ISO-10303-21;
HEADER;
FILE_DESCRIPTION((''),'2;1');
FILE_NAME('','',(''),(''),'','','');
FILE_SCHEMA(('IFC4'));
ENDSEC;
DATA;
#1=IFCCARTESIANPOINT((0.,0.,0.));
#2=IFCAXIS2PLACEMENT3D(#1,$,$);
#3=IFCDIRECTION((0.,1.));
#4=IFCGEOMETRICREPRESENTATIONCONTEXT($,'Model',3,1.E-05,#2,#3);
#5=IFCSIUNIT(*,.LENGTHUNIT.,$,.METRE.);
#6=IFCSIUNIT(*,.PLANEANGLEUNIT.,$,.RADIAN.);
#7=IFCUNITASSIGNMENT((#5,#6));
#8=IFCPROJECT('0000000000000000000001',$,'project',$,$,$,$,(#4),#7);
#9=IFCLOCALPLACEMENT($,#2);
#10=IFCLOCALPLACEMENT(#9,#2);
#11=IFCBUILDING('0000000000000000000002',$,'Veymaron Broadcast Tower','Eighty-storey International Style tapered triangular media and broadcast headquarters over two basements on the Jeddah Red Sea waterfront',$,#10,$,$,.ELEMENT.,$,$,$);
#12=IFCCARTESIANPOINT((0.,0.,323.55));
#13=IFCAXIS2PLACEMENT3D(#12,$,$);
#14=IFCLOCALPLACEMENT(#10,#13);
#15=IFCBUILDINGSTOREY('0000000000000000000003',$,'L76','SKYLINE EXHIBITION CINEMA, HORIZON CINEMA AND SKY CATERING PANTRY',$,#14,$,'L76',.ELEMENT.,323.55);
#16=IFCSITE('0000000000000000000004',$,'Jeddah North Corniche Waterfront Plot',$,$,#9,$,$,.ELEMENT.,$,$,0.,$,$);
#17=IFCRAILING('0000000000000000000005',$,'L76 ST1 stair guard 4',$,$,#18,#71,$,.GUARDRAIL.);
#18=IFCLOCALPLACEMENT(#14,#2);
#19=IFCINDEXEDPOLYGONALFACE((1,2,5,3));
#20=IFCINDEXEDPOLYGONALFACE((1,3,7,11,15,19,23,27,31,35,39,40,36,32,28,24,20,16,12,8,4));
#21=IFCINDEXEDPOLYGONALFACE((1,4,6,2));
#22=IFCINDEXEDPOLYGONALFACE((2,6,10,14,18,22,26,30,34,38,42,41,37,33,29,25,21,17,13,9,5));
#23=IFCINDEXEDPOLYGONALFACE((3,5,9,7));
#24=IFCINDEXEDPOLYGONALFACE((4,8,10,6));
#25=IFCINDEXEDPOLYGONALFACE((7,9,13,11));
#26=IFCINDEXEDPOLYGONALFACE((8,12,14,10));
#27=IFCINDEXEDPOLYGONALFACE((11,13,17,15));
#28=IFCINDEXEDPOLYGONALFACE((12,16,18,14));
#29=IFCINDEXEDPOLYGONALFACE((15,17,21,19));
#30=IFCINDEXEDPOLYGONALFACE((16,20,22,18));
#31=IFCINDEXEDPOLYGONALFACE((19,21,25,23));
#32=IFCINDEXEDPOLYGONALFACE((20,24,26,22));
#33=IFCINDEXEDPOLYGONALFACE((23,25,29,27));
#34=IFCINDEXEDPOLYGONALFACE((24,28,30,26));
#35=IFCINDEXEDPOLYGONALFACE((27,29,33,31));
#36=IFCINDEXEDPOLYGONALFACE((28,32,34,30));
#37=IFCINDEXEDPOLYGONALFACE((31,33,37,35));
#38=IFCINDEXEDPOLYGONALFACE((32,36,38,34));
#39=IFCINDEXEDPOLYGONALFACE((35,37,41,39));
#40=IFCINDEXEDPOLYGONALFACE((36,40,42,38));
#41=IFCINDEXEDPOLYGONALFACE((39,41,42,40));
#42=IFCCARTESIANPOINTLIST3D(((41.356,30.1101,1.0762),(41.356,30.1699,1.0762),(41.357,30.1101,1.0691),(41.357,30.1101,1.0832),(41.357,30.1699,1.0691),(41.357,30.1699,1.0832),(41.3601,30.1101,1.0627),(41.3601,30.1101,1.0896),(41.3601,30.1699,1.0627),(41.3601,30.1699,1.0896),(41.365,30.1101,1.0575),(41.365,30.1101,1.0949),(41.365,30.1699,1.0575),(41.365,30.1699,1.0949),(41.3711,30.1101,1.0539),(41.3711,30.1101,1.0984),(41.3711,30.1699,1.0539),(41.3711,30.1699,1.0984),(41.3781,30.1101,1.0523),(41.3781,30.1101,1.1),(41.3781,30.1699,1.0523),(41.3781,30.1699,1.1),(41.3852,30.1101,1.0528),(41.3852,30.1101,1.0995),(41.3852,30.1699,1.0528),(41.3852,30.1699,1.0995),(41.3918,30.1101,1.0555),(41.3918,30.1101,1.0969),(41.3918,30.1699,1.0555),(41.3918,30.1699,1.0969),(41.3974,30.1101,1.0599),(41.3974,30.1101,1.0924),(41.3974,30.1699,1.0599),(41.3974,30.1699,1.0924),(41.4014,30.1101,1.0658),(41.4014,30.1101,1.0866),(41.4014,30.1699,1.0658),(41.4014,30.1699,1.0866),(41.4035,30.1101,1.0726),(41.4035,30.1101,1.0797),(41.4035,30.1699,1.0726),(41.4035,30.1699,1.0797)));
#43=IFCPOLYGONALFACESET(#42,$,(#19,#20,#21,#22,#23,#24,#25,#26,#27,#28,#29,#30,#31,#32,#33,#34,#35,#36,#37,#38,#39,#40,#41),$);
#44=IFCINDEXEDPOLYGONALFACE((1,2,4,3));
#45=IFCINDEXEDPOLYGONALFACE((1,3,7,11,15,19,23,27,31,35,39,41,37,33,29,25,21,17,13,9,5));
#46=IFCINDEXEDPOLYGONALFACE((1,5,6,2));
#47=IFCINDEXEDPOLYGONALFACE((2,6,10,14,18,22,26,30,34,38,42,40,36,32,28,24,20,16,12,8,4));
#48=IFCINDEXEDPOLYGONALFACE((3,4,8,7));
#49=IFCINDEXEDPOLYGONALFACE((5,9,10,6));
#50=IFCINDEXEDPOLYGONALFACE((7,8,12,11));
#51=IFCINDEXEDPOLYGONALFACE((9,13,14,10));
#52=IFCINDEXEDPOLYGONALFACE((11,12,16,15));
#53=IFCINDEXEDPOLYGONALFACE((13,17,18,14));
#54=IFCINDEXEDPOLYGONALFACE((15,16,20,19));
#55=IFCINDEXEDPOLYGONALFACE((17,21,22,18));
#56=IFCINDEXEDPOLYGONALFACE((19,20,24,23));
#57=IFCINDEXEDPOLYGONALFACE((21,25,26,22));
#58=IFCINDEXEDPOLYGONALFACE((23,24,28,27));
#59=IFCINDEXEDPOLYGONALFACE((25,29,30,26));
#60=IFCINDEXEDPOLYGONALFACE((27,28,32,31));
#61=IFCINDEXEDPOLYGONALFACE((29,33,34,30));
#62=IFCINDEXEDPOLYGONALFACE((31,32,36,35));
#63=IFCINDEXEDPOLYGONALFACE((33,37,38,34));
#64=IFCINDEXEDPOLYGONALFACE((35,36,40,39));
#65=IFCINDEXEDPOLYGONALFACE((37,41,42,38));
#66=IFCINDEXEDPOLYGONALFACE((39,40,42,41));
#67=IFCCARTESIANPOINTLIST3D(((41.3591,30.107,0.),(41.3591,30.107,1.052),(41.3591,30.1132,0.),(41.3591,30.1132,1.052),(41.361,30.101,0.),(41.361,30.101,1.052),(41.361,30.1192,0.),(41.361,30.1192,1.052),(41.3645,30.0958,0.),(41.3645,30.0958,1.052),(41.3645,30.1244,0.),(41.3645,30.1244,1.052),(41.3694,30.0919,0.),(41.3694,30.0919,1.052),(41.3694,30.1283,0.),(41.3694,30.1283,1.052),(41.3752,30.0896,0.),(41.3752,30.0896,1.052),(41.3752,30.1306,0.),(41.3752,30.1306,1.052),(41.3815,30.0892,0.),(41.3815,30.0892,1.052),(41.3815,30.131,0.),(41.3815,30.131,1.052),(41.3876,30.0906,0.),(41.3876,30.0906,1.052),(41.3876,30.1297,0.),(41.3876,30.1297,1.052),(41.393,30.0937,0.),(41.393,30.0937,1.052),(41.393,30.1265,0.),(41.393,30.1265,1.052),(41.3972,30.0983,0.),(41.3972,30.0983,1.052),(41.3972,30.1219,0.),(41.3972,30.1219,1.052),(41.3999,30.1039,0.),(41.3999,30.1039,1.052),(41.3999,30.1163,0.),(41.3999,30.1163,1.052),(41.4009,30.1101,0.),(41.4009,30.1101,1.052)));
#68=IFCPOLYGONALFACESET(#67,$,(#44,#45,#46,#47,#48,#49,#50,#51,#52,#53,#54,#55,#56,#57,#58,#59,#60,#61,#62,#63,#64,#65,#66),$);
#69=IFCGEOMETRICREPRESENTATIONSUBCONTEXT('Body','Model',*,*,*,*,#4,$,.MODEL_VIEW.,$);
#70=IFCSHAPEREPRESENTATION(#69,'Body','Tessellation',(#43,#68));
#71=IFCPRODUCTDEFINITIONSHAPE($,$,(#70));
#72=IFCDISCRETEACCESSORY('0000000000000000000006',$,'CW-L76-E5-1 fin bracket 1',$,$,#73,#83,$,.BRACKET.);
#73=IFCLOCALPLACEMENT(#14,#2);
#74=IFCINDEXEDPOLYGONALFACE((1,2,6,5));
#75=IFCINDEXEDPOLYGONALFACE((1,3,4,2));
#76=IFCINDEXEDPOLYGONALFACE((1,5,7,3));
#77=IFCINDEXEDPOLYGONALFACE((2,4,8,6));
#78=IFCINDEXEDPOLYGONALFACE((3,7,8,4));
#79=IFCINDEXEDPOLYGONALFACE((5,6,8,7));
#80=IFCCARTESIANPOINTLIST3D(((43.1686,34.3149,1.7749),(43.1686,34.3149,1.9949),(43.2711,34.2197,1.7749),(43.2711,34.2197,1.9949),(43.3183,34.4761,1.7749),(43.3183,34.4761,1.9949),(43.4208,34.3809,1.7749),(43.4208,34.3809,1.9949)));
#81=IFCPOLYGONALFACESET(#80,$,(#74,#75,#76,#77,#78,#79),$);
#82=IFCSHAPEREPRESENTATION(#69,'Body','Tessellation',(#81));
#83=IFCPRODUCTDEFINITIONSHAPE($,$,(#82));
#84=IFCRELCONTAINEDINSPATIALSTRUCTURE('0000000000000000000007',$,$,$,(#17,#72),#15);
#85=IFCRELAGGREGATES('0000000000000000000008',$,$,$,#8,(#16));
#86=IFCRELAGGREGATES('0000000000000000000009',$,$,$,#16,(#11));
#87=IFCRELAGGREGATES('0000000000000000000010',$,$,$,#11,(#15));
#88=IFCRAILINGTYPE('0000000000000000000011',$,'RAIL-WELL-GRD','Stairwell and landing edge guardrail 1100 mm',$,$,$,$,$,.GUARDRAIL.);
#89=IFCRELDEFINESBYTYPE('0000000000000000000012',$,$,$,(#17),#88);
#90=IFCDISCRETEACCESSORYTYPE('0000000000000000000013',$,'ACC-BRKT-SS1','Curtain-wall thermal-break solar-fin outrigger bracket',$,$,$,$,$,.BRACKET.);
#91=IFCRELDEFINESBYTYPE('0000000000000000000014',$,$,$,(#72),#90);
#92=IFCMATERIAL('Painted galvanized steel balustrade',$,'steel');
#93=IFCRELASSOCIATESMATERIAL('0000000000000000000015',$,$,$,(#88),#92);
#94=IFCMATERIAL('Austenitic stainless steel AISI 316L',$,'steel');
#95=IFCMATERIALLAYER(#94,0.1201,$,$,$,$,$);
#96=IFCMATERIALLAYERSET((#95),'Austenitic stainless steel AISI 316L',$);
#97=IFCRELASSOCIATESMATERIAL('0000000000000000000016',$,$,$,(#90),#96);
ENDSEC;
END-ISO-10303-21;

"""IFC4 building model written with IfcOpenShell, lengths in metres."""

from ifc_helpers import new_model, si_unit, direction, frame, origin, origin_2d, place, context, subcontext, project, spatial, rectangle, circle, extrude, material, layer, layer_set, type_object, element, save


model = new_model("IFC4")

# Units and contexts
model_context = context("Model", 3, precision=1e-05, world=origin(), true_north=direction((0.0, 1.0)))
body_context = subcontext(model_context, "Body", "Model", "MODEL_VIEW")
ifc_project = project(units=[si_unit("LENGTHUNIT", "METRE"), si_unit("PLANEANGLEUNIT", "RADIAN")], contexts=[model_context])

# Site, building, storey
site_placement = place(None, origin())
site = spatial("IfcSite", under=ifc_project, at=site_placement, Name="Jeddah North Corniche Waterfront Plot", CompositionType="ELEMENT", RefElevation=0.0)
building_placement = place(site_placement, origin())
building = spatial("IfcBuilding", under=site, at=building_placement, Name="Veymaron Broadcast Tower", Description="Eighty-storey International Style tapered triangular media and broadcast headquarters over two basements on the Jeddah Red Sea waterfront", CompositionType="ELEMENT")
storey_placement = place(building_placement, frame((0.0, 0.0, 323.55)))
storey = spatial("IfcBuildingStorey", under=building, at=storey_placement, Name="L76", Description="SKYLINE EXHIBITION CINEMA, HORIZON CINEMA AND SKY CATERING PANTRY", LongName="L76", CompositionType="ELEMENT", Elevation=323.55)

# Railing
ifc_material_1 = material(Name="Painted galvanized steel balustrade", Category="steel")
railing_type_1 = type_object("IfcRailingType", Name="RAIL-WELL-GRD", Description="Stairwell and landing edge guardrail 1100 mm", PredefinedType="GUARDRAIL", material=ifc_material_1)
railing_1_placement = place(storey_placement, frame((41.3799, 30.1101, 0.0)))
element("IfcRailing", 1, at=railing_1_placement, inside=storey, type_object=railing_type_1, Name="L76 ST1 stair guard 4", PredefinedType="GUARDRAIL", context=body_context, shape_type="SweptSolid", body=[
    extrude(circle(Radius=0.0239, at=origin_2d()), frame((0.0, 0.0, 1.0762), z_axis=(0.0, 1.0, 0.0), x_axis=(-1.0, 0.0, 0.0)), (0.0, 0.0, 1.0), 0.0598),
    extrude(circle(Radius=0.021, at=origin_2d()), origin(), (0.0, 0.0, 1.0), 1.052),
])

# Discrete accessory
ifc_material_2 = material(Name="Austenitic stainless steel AISI 316L", Category="steel")
ifc_layer_1 = layer(ifc_material_2, 0.1201)
ifc_layer_set_1 = layer_set([ifc_layer_1], Name="Austenitic stainless steel AISI 316L")
discrete_accessory_type = type_object("IfcDiscreteAccessoryType", Name="ACC-BRKT-SS1", Description="Curtain-wall thermal-break solar-fin outrigger bracket", PredefinedType="BRACKET", material=ifc_layer_set_1)
discrete_accessory_placement = place(storey_placement, frame((43.2947, 34.3479, 1.7749), z_axis=(0.0, 0.0, 1.0), x_axis=(0.680695, 0.732567, 0.0)))
element("IfcDiscreteAccessory", 2, at=discrete_accessory_placement, inside=storey, type_object=discrete_accessory_type, Name="CW-L76-E5-1 fin bracket 1", PredefinedType="BRACKET", context=body_context, shape_type="SweptSolid", body=[
    extrude(rectangle(XDim=0.22, YDim=0.1399, at=origin_2d()), origin(), (0.0, 0.0, 1.0), 0.22),
])

save(model, "model.ifc")
